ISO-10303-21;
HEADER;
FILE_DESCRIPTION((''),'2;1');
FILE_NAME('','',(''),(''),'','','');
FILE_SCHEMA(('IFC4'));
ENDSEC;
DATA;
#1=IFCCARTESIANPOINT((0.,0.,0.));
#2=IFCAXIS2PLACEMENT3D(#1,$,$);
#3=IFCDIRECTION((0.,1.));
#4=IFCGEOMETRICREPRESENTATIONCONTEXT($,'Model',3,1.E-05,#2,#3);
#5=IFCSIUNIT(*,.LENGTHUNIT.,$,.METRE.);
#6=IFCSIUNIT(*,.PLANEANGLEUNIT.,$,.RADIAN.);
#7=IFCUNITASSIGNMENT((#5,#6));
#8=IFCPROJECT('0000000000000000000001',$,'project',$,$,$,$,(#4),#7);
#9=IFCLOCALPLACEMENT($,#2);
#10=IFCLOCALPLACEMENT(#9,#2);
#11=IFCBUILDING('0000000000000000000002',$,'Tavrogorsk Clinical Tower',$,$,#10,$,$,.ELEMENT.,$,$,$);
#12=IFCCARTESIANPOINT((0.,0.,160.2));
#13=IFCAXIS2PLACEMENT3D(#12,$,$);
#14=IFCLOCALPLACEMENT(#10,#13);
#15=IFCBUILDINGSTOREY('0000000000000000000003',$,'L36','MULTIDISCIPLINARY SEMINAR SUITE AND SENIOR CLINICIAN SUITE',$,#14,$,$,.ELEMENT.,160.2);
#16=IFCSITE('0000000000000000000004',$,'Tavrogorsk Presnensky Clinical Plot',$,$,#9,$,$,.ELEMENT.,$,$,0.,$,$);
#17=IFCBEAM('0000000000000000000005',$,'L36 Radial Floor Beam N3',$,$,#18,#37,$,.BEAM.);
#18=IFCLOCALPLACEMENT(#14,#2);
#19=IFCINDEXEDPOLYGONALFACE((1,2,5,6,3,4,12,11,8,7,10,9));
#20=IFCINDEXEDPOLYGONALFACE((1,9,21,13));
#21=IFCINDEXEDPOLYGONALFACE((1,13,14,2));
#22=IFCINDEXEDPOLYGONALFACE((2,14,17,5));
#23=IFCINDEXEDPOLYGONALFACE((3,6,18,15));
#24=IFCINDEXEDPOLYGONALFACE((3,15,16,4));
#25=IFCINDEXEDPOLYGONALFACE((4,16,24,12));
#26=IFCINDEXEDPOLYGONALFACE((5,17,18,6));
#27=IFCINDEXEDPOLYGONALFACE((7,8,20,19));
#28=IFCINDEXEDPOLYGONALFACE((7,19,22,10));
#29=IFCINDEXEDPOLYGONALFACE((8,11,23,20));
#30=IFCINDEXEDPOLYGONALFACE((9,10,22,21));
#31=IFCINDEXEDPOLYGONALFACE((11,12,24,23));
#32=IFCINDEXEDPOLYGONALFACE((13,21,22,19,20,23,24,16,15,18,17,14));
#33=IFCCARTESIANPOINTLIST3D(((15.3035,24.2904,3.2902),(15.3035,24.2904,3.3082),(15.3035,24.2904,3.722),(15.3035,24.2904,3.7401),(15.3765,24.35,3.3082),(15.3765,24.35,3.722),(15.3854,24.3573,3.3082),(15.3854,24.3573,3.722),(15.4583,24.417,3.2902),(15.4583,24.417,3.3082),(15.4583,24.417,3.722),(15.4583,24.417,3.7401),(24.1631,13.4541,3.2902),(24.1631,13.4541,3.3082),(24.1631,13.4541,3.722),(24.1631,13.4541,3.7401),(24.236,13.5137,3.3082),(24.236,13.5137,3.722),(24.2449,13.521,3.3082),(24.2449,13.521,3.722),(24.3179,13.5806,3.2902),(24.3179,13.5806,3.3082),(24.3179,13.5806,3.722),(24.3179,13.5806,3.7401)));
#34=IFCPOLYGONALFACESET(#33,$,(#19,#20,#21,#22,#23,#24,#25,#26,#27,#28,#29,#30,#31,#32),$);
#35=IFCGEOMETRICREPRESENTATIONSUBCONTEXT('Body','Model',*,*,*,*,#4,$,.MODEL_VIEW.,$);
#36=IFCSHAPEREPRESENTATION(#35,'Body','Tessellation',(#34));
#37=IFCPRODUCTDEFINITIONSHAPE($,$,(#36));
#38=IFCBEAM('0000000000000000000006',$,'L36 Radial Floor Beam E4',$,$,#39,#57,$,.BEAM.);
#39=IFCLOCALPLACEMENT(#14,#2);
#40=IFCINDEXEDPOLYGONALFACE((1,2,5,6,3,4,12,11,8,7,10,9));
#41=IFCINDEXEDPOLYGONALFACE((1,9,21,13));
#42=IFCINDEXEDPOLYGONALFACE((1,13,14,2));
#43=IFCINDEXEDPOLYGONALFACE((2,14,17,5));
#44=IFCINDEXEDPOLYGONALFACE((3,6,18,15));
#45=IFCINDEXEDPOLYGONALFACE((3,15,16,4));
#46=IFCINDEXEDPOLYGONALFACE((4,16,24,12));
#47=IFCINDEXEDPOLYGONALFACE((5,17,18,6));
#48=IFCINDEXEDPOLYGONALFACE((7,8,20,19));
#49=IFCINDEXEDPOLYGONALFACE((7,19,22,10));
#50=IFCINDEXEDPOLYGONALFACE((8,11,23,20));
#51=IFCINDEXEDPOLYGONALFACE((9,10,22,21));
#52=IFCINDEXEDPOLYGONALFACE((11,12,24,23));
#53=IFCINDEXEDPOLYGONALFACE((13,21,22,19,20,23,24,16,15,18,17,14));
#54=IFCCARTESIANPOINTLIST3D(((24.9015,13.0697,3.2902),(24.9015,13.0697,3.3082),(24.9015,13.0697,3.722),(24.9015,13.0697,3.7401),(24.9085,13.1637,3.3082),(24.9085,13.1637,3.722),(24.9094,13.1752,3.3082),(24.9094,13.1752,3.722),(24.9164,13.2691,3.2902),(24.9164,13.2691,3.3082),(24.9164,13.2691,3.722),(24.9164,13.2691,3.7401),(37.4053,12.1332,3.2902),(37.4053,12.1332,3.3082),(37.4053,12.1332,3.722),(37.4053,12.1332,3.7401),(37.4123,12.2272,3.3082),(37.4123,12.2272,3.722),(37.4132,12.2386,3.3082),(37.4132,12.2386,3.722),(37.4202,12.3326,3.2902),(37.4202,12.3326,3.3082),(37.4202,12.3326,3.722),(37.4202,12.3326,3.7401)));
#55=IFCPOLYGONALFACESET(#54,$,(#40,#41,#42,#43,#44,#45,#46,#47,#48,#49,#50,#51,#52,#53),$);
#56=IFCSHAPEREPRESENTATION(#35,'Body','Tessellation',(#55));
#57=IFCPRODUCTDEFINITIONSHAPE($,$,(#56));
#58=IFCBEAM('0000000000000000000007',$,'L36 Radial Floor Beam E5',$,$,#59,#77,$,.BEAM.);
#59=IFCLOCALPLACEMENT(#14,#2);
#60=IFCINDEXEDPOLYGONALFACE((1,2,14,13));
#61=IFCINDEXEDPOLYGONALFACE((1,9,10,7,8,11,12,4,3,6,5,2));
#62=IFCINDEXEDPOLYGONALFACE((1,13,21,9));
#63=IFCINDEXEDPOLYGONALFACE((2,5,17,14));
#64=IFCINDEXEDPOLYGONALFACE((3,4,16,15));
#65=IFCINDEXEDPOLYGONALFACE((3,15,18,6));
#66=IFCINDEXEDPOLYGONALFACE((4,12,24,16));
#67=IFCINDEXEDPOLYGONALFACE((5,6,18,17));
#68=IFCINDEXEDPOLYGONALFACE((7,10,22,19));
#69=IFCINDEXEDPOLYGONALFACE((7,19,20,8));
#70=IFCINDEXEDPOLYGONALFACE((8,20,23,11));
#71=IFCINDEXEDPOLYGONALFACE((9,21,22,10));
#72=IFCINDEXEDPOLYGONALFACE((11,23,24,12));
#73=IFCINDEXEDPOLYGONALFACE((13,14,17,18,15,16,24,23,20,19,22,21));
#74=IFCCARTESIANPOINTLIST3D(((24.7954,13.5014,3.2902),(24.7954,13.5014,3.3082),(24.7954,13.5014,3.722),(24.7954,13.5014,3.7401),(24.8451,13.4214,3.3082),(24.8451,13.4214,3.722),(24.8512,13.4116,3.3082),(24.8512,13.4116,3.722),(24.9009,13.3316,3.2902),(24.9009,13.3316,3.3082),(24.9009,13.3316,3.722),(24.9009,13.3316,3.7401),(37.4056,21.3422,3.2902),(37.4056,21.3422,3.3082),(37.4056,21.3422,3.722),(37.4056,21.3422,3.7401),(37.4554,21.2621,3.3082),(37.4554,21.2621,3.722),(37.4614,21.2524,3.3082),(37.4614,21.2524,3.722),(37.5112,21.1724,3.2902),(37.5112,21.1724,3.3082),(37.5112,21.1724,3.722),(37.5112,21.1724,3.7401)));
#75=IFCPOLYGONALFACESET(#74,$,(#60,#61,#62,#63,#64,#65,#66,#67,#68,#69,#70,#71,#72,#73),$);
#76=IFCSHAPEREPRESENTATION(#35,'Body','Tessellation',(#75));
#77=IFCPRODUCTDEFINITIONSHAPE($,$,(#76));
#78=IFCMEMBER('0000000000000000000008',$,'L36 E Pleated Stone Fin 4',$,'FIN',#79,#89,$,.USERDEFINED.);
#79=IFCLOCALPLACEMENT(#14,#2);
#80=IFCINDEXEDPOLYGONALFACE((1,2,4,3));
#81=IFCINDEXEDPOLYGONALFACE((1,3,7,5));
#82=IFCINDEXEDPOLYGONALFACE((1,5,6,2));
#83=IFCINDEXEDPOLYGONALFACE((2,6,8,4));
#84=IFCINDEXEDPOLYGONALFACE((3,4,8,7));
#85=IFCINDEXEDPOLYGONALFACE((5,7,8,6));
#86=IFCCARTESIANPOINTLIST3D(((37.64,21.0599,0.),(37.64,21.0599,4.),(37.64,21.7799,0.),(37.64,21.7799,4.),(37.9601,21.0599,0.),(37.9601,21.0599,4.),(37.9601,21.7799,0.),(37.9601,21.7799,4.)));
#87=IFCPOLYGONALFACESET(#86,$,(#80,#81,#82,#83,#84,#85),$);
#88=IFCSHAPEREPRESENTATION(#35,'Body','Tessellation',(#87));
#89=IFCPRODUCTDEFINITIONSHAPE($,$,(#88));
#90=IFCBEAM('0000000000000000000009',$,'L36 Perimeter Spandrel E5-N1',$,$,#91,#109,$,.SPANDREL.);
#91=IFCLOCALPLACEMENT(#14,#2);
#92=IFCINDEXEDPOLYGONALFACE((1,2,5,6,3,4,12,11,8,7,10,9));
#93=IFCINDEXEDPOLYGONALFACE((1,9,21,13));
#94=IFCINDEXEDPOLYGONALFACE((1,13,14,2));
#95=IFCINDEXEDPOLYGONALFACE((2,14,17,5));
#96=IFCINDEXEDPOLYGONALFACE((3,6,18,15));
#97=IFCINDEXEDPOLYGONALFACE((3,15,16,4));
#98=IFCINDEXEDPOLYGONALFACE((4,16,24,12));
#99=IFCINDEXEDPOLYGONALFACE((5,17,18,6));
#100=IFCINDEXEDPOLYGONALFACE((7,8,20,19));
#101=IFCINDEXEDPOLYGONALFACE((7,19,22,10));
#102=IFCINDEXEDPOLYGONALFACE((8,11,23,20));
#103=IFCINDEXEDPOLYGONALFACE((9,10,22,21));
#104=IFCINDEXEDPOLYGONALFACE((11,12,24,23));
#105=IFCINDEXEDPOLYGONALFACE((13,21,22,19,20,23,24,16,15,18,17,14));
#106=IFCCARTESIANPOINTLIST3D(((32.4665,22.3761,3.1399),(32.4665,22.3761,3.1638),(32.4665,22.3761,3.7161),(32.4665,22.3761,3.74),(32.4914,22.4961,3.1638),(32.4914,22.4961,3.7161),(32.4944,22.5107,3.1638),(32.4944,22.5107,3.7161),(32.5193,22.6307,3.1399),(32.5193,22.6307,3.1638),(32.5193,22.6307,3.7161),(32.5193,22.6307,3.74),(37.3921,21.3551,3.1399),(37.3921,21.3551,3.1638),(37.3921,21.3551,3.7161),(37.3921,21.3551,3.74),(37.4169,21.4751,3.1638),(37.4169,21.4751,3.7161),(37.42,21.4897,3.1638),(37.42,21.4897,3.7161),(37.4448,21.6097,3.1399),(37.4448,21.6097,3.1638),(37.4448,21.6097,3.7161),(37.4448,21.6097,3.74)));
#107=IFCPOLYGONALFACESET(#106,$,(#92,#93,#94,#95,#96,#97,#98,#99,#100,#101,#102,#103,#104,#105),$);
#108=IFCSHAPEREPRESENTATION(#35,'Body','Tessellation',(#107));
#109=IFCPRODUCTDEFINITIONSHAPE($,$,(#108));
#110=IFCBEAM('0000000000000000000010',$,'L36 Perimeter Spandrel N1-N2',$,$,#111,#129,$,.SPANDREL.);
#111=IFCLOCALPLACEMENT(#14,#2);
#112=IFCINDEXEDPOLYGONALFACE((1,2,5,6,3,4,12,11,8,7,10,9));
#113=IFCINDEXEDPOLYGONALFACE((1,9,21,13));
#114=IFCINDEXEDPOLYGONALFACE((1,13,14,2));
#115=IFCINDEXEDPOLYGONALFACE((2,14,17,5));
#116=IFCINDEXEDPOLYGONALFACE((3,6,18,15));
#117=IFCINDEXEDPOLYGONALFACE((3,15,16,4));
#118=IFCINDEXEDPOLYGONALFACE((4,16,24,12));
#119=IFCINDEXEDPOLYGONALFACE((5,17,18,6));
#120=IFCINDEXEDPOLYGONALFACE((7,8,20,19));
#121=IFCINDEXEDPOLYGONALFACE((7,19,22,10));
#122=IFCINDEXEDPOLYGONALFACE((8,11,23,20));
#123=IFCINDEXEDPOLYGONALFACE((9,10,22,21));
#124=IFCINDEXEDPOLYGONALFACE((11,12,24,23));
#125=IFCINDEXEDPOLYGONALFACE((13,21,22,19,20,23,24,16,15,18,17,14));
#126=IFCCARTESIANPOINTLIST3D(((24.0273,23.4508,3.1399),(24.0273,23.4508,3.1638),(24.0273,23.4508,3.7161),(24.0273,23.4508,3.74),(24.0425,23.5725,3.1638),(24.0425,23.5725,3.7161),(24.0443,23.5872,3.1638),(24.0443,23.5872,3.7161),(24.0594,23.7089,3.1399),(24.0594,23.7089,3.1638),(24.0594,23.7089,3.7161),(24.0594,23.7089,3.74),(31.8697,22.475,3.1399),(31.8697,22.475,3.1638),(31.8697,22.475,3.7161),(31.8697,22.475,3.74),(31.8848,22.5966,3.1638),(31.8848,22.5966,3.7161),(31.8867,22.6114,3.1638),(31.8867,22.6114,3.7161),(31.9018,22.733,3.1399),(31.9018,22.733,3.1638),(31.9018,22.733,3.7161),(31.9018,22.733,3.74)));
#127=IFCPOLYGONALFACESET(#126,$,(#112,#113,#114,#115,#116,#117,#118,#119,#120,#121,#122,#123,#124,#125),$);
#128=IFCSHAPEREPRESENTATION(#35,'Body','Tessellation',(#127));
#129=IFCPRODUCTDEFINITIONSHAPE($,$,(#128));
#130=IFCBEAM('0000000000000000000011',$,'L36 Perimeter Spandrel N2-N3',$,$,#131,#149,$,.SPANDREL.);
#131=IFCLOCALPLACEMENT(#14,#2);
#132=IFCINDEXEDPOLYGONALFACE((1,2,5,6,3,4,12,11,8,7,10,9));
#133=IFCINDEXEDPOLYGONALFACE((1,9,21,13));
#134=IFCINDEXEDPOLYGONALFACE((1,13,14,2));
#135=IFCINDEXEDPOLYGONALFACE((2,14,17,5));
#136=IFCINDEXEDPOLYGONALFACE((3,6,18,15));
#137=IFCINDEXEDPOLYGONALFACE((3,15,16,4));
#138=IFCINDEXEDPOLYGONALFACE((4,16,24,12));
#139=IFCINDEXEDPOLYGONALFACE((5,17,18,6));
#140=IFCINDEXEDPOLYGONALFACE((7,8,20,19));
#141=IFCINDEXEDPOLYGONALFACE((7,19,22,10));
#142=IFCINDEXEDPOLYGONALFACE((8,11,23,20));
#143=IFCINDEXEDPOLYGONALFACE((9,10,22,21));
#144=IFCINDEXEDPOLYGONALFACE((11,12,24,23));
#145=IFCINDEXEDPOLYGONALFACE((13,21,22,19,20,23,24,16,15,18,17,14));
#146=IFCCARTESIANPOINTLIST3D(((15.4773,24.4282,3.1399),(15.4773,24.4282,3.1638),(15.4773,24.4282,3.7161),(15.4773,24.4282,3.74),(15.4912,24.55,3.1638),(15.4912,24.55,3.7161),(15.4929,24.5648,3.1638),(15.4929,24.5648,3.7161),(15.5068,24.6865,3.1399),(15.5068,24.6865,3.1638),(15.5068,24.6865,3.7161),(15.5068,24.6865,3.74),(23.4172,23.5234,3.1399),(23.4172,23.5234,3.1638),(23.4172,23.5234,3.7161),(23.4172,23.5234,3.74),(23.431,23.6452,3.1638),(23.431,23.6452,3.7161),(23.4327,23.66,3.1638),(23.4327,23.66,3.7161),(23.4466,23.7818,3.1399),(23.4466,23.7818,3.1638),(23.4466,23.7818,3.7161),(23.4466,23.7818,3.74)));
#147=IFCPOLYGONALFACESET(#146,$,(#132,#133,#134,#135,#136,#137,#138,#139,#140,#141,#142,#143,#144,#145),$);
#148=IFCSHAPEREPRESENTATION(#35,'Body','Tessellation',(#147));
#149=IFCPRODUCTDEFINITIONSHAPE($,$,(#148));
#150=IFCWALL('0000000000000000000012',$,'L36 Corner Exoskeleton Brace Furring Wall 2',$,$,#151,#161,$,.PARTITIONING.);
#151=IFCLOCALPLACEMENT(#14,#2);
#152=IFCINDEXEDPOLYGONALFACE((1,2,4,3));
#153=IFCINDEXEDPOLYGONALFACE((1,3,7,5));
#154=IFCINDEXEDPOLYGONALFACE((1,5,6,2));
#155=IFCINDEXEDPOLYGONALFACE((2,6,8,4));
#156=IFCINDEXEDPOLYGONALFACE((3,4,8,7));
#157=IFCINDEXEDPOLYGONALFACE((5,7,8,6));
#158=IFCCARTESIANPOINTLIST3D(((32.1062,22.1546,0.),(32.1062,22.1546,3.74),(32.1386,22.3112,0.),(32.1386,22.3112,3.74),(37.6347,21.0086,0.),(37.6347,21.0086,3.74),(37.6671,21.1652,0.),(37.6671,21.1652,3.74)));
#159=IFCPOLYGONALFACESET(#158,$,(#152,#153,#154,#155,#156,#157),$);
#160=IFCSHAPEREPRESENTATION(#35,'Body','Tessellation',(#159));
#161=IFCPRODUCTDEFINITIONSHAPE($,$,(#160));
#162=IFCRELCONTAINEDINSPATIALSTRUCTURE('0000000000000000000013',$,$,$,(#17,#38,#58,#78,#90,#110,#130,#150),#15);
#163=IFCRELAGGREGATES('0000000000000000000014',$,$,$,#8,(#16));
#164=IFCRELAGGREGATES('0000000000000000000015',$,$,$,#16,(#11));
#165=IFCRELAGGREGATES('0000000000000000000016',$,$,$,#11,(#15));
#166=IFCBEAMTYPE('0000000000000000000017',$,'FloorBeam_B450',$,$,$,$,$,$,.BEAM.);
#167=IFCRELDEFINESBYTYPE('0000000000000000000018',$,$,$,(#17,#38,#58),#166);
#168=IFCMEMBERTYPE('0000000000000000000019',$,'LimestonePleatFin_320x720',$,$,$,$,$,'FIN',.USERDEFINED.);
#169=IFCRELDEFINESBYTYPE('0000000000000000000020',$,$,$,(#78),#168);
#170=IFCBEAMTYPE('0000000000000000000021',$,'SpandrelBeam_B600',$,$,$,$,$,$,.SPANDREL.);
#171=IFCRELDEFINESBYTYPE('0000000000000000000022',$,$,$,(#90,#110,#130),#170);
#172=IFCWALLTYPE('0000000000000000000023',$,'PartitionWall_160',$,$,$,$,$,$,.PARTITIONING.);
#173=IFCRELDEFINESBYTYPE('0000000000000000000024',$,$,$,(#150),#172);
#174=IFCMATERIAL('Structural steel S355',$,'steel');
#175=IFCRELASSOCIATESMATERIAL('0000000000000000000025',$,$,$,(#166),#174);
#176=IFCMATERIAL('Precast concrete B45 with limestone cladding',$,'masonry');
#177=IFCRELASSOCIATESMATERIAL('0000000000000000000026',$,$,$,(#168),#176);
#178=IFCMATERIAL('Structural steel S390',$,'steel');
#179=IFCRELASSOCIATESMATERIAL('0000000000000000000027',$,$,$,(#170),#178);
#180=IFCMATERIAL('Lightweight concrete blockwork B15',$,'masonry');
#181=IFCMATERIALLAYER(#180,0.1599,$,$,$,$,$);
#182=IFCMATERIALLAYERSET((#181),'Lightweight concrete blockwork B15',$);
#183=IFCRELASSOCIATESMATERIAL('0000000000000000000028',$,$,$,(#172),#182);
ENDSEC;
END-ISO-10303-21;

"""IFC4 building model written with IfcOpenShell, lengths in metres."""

from ifc_helpers import new_model, si_unit, direction, frame, frame_2d, origin, origin_2d, place, context, subcontext, project, spatial, rectangle, i_section, extrude, material, layer, layer_set, material_profile, profile_set, type_object, element, save


model = new_model("IFC4")

# Units and contexts
model_context = context("Model", 3, precision=1e-05, world=origin(), true_north=direction((0.0, 1.0)))
body_context = subcontext(model_context, "Body", "Model", "MODEL_VIEW")
ifc_project = project(units=[si_unit("LENGTHUNIT", "METRE"), si_unit("PLANEANGLEUNIT", "RADIAN")], contexts=[model_context])

# Site, building, storey
site_placement = place(None, origin())
site = spatial("IfcSite", under=ifc_project, at=site_placement, Name="Tavrogorsk Presnensky Clinical Plot", CompositionType="ELEMENT", RefElevation=0.0)
building_placement = place(site_placement, origin())
building = spatial("IfcBuilding", under=site, at=building_placement, Name="Tavrogorsk Clinical Tower", CompositionType="ELEMENT")
storey_placement = place(building_placement, frame((0.0, 0.0, 160.2)))
storey = spatial("IfcBuildingStorey", under=building, at=storey_placement, Name="L36", Description="MULTIDISCIPLINARY SEMINAR SUITE AND SENIOR CLINICIAN SUITE", CompositionType="ELEMENT", Elevation=160.2)

# Beams
ifc_material_1 = material(Name="Structural steel S355", Category="steel")
ifc_material_profile_1 = material_profile(ifc_material_1, i_section(OverallWidth=0.2, OverallDepth=0.45, WebThickness=0.0115, FlangeThickness=0.0181, at=origin_2d()), Name="B-450x200x11.5x18")
ifc_profile_set_1 = profile_set([ifc_material_profile_1], Name="Structural steel S355")
beam_type_1 = type_object("IfcBeamType", Name="FloorBeam_B450", PredefinedType="BEAM", material=ifc_profile_set_1)
beam_1_placement = place(storey_placement, frame((24.2405, 13.5173, 3.5151), z_axis=(-0.632958, 0.774187, 0.0), x_axis=(-0.774187, -0.632958, 0.0)))
element("IfcBeam", 1, at=beam_1_placement, inside=storey, type_object=beam_type_1, Name="L36 Radial Floor Beam N3", PredefinedType="BEAM", context=body_context, shape_type="SweptSolid", body=[
    extrude(i_section(OverallWidth=0.2, OverallDepth=0.45, WebThickness=0.0115, FlangeThickness=0.0181, at=origin_2d()), origin(), (0.0, 0.0, 1.0), 13.9971),
])
beam_2_placement = place(storey_placement, frame((24.9089, 13.1694, 3.5151), z_axis=(0.997207, -0.074689, 0.0), x_axis=(0.074689, 0.997207, 0.0)))
element("IfcBeam", 2, at=beam_2_placement, inside=storey, type_object=beam_type_1, Name="L36 Radial Floor Beam E4", PredefinedType="BEAM", context=body_context, shape_type="SweptSolid", body=[
    extrude(i_section(OverallWidth=0.2, OverallDepth=0.45, WebThickness=0.0115, FlangeThickness=0.0181, at=origin_2d()), origin(), (0.0, 0.0, 1.0), 12.5388),
])
beam_3_placement = place(storey_placement, frame((24.8481, 13.4165, 3.5151), z_axis=(0.849226, 0.528029, 0.0), x_axis=(-0.528029, 0.849226, 0.0)))
element("IfcBeam", 3, at=beam_3_placement, inside=storey, type_object=beam_type_1, Name="L36 Radial Floor Beam E5", PredefinedType="BEAM", context=body_context, shape_type="SweptSolid", body=[
    extrude(i_section(OverallWidth=0.2, OverallDepth=0.45, WebThickness=0.0115, FlangeThickness=0.0181, at=origin_2d()), origin(), (0.0, 0.0, 1.0), 14.8491),
])

# Member
ifc_material_2 = material(Name="Precast concrete B45 with limestone cladding", Category="masonry")
ifc_material_profile_2 = material_profile(ifc_material_2, rectangle(XDim=0.3201, YDim=0.72, at=origin_2d()), Name="LIMESTONE-FIN-320x720")
ifc_profile_set_2 = profile_set([ifc_material_profile_2], Name="Precast concrete B45 with limestone cladding")
member_type_1 = type_object("IfcMemberType", Name="LimestonePleatFin_320x720", ElementType="FIN", PredefinedType="USERDEFINED", material=ifc_profile_set_2)
member_1_placement = place(storey_placement, frame((37.8, 21.4199, 0.0), z_axis=(0.0, 0.0, 1.0), x_axis=(1.0, 0.0, 0.0)))
element("IfcMember", 4, at=member_1_placement, inside=storey, type_object=member_type_1, Name="L36 E Pleated Stone Fin 4", ObjectType="FIN", PredefinedType="USERDEFINED", context=body_context, shape_type="SweptSolid", body=[
    extrude(rectangle(XDim=0.3201, YDim=0.72, at=origin_2d()), origin(), (0.0, 0.0, 1.0), 4.0),
])

# Beams
ifc_material_3 = material(Name="Structural steel S390", Category="steel")
ifc_material_profile_3 = material_profile(ifc_material_3, i_section(OverallWidth=0.26, OverallDepth=0.6001, WebThickness=0.0149, FlangeThickness=0.0239, at=origin_2d()), Name="B-600x260x15x24")
ifc_profile_set_3 = profile_set([ifc_material_profile_3], Name="Structural steel S390")
beam_type_2 = type_object("IfcBeamType", Name="SpandrelBeam_B600", PredefinedType="SPANDREL", material=ifc_profile_set_3)
beam_4_placement = place(storey_placement, frame((37.4185, 21.4824, 3.4399), z_axis=(-0.979185, 0.202972, 0.0), x_axis=(-0.202972, -0.979185, 0.0)))
element("IfcBeam", 5, at=beam_4_placement, inside=storey, type_object=beam_type_2, Name="L36 Perimeter Spandrel E5-N1", PredefinedType="SPANDREL", context=body_context, shape_type="SweptSolid", body=[
    extrude(i_section(OverallWidth=0.26, OverallDepth=0.6001, WebThickness=0.0149, FlangeThickness=0.0239, at=origin_2d()), origin(), (0.0, 0.0, 1.0), 5.0303),
])
beam_5_placement = place(storey_placement, frame((31.8857, 22.604, 3.4399), z_axis=(-0.992347, 0.12348, 0.0), x_axis=(-0.12348, -0.992347, 0.0)))
element("IfcBeam", 6, at=beam_5_placement, inside=storey, type_object=beam_type_2, Name="L36 Perimeter Spandrel N1-N2", PredefinedType="SPANDREL", context=body_context, shape_type="SweptSolid", body=[
    extrude(i_section(OverallWidth=0.26, OverallDepth=0.6001, WebThickness=0.0149, FlangeThickness=0.0239, at=origin_2d()), origin(), (0.0, 0.0, 1.0), 7.9028),
])
beam_6_placement = place(storey_placement, frame((23.4319, 23.6526, 3.4399), z_axis=(-0.99357, 0.113221, 0.0), x_axis=(-0.113221, -0.99357, 0.0)))
element("IfcBeam", 7, at=beam_6_placement, inside=storey, type_object=beam_type_2, Name="L36 Perimeter Spandrel N2-N3", PredefinedType="SPANDREL", context=body_context, shape_type="SweptSolid", body=[
    extrude(i_section(OverallWidth=0.26, OverallDepth=0.6001, WebThickness=0.0149, FlangeThickness=0.0239, at=origin_2d()), origin(), (0.0, 0.0, 1.0), 7.9912),
])

# Wall
ifc_material_4 = material(Name="Lightweight concrete blockwork B15", Category="masonry")
ifc_layer_1 = layer(ifc_material_4, 0.1599)
ifc_layer_set_1 = layer_set([ifc_layer_1], Name="Lightweight concrete blockwork B15")
wall_type_1 = type_object("IfcWallType", Name="PartitionWall_160", PredefinedType="PARTITIONING", material=ifc_layer_set_1)
wall_1_placement = place(storey_placement, frame((37.6509, 21.0869, 0.0), z_axis=(0.0, 0.0, 1.0), x_axis=(-0.979185, 0.202972, 0.0)))
element("IfcWall", 8, at=wall_1_placement, inside=storey, type_object=wall_type_1, Name="L36 Corner Exoskeleton Brace Furring Wall 2", PredefinedType="PARTITIONING", context=body_context, shape_type="SweptSolid", body=[
    extrude(rectangle(XDim=5.646, YDim=0.1599, at=frame_2d((2.823, 0.0))), origin(), (0.0, 0.0, 1.0), 3.74),
])

save(model, "model.ifc")
